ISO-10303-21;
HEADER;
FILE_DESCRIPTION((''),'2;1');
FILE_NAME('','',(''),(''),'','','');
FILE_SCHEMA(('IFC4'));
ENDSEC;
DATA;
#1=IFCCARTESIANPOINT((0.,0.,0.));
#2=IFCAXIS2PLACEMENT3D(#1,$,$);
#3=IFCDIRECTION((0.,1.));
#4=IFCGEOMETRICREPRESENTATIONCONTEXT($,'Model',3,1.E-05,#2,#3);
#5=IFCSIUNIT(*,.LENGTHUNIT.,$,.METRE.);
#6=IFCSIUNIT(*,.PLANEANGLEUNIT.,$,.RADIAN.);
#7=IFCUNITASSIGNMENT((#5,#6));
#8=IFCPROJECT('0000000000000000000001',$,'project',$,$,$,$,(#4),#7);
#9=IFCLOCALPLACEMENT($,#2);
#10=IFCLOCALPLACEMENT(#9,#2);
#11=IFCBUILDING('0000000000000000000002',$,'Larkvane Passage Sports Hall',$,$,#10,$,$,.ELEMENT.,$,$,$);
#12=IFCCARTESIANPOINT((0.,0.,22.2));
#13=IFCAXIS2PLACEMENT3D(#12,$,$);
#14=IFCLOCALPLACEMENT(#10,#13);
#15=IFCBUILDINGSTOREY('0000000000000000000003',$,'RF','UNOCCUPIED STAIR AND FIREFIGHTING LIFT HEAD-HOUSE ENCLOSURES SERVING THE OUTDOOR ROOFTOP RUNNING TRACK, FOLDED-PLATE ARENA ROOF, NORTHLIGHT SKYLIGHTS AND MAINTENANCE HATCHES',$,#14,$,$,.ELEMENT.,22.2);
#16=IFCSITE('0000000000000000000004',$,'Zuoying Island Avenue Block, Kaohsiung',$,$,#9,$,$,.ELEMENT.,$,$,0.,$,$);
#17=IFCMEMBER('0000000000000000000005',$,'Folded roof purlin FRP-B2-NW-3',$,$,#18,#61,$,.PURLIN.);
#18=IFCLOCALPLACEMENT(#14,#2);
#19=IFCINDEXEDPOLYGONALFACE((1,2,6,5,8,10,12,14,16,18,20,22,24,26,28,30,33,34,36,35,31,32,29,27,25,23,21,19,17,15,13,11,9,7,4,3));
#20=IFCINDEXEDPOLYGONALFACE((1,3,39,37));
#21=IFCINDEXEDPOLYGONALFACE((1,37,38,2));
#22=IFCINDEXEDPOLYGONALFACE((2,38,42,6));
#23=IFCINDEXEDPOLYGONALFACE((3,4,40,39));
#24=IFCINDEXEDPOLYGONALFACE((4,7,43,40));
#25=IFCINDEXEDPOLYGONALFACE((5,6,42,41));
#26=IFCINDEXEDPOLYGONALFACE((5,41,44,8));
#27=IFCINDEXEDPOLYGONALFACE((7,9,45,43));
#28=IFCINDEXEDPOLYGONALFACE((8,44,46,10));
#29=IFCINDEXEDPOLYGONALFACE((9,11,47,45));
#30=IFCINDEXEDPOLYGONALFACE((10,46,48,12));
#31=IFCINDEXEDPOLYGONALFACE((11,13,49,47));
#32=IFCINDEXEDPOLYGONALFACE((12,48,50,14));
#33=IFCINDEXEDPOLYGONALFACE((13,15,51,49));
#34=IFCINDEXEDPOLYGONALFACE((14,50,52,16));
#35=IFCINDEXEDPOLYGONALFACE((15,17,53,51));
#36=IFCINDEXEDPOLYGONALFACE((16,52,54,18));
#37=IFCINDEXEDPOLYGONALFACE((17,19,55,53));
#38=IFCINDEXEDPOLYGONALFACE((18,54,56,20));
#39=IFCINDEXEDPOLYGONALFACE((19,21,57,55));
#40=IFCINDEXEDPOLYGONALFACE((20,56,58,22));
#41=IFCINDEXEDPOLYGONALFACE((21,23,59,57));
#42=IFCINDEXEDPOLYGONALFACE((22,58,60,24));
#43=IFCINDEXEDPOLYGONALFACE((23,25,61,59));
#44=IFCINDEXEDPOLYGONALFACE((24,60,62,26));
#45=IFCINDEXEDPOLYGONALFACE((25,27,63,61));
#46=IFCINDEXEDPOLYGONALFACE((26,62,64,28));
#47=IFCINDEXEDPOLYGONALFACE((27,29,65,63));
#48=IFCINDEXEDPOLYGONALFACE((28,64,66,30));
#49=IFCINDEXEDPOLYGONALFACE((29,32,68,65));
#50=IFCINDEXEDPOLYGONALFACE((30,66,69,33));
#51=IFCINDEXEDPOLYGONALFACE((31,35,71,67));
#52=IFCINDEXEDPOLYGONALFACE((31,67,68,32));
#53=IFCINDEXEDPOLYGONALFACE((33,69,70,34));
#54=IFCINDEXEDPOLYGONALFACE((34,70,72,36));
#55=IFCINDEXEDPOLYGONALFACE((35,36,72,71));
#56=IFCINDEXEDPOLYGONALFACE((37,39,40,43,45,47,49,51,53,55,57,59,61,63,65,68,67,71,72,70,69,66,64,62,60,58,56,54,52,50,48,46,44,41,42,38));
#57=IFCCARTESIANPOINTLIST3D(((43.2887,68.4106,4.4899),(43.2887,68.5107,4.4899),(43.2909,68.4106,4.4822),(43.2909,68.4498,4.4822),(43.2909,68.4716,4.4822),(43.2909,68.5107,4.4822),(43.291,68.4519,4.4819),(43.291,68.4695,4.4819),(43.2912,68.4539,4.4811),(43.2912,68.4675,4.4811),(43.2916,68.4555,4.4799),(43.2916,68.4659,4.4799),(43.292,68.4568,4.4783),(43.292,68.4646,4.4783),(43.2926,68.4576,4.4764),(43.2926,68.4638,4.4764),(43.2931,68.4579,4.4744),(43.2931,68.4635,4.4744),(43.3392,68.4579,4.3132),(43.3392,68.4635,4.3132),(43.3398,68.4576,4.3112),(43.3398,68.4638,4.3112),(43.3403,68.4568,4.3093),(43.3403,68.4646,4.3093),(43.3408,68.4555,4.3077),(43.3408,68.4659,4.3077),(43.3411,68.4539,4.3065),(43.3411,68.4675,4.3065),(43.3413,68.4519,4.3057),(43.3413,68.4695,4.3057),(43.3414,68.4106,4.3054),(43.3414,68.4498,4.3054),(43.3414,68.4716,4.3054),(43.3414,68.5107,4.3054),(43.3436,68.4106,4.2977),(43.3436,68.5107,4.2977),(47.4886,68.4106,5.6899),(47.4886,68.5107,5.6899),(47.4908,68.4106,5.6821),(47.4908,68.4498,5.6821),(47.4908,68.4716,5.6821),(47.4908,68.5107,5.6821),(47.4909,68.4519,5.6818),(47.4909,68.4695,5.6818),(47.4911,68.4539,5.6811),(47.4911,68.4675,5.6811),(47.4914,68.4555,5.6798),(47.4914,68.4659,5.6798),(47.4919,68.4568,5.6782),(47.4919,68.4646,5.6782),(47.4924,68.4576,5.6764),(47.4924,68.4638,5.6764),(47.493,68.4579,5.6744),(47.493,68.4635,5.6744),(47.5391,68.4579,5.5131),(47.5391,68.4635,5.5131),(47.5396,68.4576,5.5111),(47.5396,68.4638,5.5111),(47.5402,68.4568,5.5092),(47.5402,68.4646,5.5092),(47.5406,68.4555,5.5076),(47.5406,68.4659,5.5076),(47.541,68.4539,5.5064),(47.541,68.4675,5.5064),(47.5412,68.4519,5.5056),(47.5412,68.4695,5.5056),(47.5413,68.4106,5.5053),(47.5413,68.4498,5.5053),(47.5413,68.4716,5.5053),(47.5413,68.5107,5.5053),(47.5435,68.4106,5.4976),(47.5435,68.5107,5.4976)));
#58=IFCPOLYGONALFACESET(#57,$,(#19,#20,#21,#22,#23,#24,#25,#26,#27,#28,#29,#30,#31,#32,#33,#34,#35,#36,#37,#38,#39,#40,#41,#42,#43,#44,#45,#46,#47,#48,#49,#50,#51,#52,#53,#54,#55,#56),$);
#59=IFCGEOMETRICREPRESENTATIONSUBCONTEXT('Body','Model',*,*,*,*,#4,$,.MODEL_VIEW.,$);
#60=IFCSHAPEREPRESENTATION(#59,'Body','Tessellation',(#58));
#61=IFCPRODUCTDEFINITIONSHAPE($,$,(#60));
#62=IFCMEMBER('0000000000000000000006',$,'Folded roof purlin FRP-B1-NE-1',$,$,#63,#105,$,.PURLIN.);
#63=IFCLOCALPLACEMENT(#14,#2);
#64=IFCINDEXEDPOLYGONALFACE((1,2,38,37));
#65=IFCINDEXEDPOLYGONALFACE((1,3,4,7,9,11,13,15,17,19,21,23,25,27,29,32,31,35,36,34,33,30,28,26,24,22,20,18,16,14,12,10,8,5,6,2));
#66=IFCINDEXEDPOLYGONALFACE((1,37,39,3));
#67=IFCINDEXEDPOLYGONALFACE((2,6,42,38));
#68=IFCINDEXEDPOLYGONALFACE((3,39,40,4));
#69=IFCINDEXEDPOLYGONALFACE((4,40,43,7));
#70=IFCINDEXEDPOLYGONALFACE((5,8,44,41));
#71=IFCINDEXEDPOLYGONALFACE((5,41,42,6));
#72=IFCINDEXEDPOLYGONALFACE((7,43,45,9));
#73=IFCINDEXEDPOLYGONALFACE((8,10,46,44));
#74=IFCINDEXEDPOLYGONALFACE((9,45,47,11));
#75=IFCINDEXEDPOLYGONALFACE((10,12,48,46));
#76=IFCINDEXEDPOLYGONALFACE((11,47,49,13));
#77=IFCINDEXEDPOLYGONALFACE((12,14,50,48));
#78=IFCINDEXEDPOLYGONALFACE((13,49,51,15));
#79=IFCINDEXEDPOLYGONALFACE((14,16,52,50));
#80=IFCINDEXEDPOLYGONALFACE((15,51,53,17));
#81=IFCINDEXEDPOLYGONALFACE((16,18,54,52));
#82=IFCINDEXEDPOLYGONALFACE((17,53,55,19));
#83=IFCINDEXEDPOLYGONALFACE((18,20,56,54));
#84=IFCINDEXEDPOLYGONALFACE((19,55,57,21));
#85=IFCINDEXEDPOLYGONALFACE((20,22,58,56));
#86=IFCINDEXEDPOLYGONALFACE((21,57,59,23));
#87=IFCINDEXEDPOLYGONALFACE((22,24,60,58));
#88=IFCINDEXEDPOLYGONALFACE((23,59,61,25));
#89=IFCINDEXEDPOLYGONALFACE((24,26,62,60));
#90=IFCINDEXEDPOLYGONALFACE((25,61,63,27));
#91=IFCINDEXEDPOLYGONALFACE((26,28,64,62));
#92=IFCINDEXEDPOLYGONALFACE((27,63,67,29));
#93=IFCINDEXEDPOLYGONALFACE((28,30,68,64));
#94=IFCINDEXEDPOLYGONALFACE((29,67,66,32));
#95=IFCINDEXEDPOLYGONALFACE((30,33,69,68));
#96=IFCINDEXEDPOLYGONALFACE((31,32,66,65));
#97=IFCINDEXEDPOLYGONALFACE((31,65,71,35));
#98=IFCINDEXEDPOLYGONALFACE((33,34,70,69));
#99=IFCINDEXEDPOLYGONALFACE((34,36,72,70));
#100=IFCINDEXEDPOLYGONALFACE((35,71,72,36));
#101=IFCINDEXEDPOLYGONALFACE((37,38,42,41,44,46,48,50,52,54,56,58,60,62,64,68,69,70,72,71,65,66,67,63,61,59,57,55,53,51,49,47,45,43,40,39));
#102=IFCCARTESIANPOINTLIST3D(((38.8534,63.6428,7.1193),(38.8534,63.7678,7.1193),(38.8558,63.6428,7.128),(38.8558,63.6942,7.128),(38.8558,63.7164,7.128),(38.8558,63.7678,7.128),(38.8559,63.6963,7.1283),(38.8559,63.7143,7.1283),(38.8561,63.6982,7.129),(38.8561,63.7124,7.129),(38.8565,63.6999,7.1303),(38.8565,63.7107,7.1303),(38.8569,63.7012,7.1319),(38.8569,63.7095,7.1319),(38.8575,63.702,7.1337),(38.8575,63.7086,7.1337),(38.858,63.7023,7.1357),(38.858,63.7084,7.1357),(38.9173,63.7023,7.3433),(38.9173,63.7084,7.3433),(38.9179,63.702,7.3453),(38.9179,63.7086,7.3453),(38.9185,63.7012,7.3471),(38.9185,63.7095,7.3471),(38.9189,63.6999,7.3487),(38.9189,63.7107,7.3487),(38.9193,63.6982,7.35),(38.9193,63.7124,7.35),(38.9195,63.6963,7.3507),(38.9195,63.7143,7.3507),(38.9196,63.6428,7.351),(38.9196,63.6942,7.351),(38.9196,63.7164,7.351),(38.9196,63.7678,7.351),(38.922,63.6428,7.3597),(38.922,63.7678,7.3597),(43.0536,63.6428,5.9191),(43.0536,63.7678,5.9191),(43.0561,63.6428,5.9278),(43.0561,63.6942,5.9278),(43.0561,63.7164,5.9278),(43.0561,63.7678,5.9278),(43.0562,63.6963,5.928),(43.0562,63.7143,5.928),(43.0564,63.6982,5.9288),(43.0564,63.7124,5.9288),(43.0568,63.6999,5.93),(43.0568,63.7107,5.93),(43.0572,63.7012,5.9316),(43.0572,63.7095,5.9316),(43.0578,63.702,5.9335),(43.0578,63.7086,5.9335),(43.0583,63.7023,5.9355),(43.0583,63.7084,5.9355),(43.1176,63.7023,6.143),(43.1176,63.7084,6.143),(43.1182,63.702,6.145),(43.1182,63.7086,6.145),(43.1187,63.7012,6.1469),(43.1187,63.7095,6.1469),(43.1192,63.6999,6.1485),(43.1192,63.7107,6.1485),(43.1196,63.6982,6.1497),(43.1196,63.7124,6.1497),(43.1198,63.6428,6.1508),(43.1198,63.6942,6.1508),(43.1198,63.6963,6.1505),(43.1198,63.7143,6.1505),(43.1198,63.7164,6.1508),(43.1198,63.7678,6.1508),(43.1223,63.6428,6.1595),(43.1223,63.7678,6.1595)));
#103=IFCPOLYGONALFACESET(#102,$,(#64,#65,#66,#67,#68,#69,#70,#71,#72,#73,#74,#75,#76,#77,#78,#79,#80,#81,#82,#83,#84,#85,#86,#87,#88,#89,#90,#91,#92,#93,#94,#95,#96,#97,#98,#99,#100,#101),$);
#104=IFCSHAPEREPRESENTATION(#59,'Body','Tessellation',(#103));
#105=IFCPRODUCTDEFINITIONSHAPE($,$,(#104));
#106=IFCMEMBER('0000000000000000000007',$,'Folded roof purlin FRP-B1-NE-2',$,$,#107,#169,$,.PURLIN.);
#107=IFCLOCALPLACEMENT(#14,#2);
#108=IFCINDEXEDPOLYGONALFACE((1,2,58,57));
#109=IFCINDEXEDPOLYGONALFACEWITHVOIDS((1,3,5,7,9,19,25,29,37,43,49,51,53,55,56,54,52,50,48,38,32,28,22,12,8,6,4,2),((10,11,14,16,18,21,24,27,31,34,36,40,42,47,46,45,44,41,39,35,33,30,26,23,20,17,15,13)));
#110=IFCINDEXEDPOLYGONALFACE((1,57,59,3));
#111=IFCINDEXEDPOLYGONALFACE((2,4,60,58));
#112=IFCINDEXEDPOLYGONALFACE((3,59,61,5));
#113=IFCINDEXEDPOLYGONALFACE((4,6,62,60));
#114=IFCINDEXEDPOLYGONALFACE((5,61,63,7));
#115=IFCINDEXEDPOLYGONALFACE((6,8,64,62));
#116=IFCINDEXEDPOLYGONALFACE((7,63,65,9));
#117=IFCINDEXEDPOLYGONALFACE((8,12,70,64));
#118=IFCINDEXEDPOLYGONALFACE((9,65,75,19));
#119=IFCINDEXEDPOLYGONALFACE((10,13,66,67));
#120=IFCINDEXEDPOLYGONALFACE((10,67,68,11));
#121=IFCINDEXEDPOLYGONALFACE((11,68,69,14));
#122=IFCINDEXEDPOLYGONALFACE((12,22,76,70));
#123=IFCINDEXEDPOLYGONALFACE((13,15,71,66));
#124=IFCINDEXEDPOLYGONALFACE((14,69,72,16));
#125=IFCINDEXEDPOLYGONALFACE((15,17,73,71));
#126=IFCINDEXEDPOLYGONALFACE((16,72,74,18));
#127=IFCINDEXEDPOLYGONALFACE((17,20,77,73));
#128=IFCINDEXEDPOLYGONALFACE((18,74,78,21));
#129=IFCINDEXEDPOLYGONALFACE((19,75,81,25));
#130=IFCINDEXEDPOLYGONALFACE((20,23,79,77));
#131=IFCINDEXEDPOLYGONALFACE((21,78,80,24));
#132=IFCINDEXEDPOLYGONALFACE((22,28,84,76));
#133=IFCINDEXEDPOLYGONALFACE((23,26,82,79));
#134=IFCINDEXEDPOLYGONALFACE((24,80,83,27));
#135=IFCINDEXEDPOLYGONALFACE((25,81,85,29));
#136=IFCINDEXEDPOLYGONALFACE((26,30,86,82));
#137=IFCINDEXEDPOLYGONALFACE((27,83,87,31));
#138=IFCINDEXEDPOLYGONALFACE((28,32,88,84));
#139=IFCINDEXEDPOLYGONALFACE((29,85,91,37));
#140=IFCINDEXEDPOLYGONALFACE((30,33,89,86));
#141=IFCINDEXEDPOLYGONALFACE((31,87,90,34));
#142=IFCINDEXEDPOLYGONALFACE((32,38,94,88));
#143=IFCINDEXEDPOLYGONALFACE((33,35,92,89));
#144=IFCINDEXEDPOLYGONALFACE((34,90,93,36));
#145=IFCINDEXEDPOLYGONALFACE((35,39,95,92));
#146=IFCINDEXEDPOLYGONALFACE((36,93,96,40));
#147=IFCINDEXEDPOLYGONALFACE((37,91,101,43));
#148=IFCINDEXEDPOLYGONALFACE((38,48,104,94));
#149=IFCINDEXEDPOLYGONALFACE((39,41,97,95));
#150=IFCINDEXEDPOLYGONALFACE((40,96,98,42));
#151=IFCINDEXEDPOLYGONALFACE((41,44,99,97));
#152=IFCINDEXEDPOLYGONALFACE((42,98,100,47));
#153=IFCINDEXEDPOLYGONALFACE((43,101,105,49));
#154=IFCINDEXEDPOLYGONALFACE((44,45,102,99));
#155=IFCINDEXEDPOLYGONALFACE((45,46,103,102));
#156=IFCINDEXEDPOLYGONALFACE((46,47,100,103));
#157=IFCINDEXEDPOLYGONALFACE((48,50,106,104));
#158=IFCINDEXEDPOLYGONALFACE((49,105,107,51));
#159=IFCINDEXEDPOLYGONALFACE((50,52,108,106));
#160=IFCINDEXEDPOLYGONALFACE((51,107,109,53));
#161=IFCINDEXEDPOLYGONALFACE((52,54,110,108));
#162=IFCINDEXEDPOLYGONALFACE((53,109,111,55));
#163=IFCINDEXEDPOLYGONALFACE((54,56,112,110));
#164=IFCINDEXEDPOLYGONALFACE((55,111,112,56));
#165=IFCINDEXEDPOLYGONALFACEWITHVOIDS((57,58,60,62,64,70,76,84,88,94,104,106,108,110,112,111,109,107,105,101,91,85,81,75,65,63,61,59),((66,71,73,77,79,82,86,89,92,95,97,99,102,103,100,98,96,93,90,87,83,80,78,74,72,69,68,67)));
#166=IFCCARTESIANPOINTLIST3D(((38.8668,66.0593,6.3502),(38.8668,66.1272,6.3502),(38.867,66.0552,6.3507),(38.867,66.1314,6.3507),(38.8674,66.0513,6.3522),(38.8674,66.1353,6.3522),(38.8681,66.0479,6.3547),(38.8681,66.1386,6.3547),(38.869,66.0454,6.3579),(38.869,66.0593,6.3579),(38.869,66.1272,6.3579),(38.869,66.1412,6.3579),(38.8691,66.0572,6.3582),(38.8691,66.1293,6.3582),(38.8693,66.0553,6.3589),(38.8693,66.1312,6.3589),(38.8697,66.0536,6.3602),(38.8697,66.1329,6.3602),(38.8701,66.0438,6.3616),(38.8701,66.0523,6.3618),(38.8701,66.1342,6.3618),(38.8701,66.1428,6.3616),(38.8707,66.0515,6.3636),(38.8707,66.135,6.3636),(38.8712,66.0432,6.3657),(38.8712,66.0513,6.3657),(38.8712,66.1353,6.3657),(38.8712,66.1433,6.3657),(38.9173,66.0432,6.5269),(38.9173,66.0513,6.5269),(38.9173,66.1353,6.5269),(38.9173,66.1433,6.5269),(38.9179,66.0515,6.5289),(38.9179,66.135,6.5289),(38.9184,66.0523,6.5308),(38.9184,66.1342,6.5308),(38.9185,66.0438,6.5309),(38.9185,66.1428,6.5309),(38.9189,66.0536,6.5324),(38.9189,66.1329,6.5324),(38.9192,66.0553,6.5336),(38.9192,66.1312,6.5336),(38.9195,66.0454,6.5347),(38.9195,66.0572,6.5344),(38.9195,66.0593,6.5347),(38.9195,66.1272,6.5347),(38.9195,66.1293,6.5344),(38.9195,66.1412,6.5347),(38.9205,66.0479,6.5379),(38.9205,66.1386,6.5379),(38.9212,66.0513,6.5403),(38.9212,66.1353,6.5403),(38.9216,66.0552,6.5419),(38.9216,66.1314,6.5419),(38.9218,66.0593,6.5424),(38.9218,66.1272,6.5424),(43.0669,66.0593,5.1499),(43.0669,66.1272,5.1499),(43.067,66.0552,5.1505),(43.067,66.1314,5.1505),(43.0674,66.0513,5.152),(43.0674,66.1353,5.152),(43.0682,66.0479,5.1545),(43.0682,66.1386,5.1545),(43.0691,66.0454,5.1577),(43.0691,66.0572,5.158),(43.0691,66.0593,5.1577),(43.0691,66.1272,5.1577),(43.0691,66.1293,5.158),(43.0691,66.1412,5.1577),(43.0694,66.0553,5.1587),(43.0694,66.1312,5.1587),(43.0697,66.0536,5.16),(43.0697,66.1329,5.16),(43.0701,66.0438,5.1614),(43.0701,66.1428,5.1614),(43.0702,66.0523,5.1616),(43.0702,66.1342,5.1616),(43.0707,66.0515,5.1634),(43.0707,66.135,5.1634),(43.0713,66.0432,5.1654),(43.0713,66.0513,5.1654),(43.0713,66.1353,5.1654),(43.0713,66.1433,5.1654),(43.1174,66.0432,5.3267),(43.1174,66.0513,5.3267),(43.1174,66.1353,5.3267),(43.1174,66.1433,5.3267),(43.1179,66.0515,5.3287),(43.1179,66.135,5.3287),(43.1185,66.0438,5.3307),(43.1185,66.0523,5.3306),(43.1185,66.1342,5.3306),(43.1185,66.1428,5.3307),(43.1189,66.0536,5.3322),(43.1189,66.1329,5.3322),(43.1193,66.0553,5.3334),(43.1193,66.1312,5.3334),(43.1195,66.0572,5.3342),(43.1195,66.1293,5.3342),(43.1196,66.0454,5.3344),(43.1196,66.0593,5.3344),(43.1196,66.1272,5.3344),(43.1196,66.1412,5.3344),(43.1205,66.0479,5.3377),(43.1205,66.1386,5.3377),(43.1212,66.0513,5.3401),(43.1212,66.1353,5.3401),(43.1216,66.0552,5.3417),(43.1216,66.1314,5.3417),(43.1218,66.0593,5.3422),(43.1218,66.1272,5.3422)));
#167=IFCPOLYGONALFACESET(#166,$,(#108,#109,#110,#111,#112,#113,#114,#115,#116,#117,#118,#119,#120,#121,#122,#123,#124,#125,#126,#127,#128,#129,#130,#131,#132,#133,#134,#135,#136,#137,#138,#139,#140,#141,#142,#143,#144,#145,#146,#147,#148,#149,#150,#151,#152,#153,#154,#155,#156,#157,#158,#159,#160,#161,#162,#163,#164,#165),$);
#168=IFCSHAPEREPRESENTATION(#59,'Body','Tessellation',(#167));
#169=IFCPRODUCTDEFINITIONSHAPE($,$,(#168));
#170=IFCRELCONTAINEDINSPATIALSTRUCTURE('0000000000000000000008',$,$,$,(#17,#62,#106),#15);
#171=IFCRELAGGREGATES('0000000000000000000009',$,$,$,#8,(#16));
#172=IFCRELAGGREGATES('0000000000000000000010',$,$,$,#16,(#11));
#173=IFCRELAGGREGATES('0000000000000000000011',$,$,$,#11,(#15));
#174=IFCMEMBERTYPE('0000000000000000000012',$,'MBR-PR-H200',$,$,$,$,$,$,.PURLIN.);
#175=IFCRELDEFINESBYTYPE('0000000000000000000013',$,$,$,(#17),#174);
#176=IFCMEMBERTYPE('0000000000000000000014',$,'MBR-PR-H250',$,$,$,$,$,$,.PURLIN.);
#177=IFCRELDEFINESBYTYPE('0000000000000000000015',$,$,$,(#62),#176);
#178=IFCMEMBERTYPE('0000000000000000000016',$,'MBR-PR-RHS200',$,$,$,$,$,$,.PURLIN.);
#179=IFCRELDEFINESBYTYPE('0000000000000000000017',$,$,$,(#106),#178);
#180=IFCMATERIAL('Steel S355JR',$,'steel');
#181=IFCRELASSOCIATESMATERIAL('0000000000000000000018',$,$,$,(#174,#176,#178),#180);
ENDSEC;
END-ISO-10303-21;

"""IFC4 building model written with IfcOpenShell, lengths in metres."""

from ifc_helpers import new_model, si_unit, direction, frame, origin, origin_2d, place, context, subcontext, project, spatial, hollow_rectangle, i_section, extrude, material, material_profile, profile_set, type_object, element, save


model = new_model("IFC4")

# Units and contexts
model_context = context("Model", 3, precision=1e-05, world=origin(), true_north=direction((0.0, 1.0)))
body_context = subcontext(model_context, "Body", "Model", "MODEL_VIEW")
ifc_project = project(units=[si_unit("LENGTHUNIT", "METRE"), si_unit("PLANEANGLEUNIT", "RADIAN")], contexts=[model_context])

# Site, building, storey
site_placement = place(None, origin())
site = spatial("IfcSite", under=ifc_project, at=site_placement, Name="Zuoying Island Avenue Block, Kaohsiung", CompositionType="ELEMENT", RefElevation=0.0)
building_placement = place(site_placement, origin())
building = spatial("IfcBuilding", under=site, at=building_placement, Name="Larkvane Passage Sports Hall", CompositionType="ELEMENT")
storey_placement = place(building_placement, frame((0.0, 0.0, 22.2)))
storey = spatial("IfcBuildingStorey", under=building, at=storey_placement, Name="RF", Description="UNOCCUPIED STAIR AND FIREFIGHTING LIFT HEAD-HOUSE ENCLOSURES SERVING THE OUTDOOR ROOFTOP RUNNING TRACK, FOLDED-PLATE ARENA ROOF, NORTHLIGHT SKYLIGHTS AND MAINTENANCE HATCHES", CompositionType="ELEMENT", Elevation=22.2)

# Members
ifc_material_1 = material(Name="Steel S355JR", Category="steel")
ifc_material_profile_1 = material_profile(ifc_material_1, i_section(OverallWidth=0.1001, OverallDepth=0.2, WebThickness=0.0056, FlangeThickness=0.0081, FilletRadius=0.0081, at=origin_2d()), Name="H-200x100x5.5x8")
ifc_profile_set_1 = profile_set([ifc_material_profile_1], Name="Steel S355JR")
member_type_1 = type_object("IfcMemberType", Name="MBR-PR-H200", PredefinedType="PURLIN", material=ifc_profile_set_1)
member_1_placement = place(storey_placement, frame((43.3162, 68.4607, 4.3938), z_axis=(0.961526, 0.0, 0.274714), x_axis=(0.0, 1.0, 0.0)))
element("IfcMember", 1, at=member_1_placement, inside=storey, type_object=member_type_1, Name="Folded roof purlin FRP-B2-NW-3", PredefinedType="PURLIN", context=body_context, shape_type="SweptSolid", body=[
    extrude(i_section(OverallWidth=0.1001, OverallDepth=0.2, WebThickness=0.0056, FlangeThickness=0.0081, FilletRadius=0.0081, at=origin_2d()), origin(), (0.0, 0.0, 1.0), 4.3679),
])
ifc_material_profile_2 = material_profile(ifc_material_1, i_section(OverallWidth=0.125, OverallDepth=0.25, WebThickness=0.0061, FlangeThickness=0.009, FilletRadius=0.0081, at=origin_2d()), Name="H-250x125x6x9")
ifc_profile_set_2 = profile_set([ifc_material_profile_2], Name="Steel S355JR")
member_type_2 = type_object("IfcMemberType", Name="MBR-PR-H250", PredefinedType="PURLIN", material=ifc_profile_set_2)
member_2_placement = place(storey_placement, frame((38.8877, 63.7053, 7.2395), z_axis=(0.961516, 0.0, -0.274751), x_axis=(0.0, 1.0, 0.0)))
element("IfcMember", 2, at=member_2_placement, inside=storey, type_object=member_type_2, Name="Folded roof purlin FRP-B1-NE-1", PredefinedType="PURLIN", context=body_context, shape_type="SweptSolid", body=[
    extrude(i_section(OverallWidth=0.125, OverallDepth=0.25, WebThickness=0.0061, FlangeThickness=0.009, FilletRadius=0.0081, at=origin_2d()), origin(), (0.0, 0.0, 1.0), 4.3684),
])
ifc_material_profile_3 = material_profile(ifc_material_1, hollow_rectangle(XDim=0.1001, YDim=0.2, WallThickness=0.0081, InnerFilletRadius=0.0081, OuterFilletRadius=0.0161, at=origin_2d()), Name="RHS-200x100x8")
ifc_profile_set_3 = profile_set([ifc_material_profile_3], Name="Steel S355JR")
member_type_3 = type_object("IfcMemberType", Name="MBR-PR-RHS200", PredefinedType="PURLIN", material=ifc_profile_set_3)
member_3_placement = place(storey_placement, frame((38.8943, 66.0933, 6.4463), z_axis=(0.961511, 0.0, -0.274765), x_axis=(0.0, 1.0, 0.0)))
element("IfcMember", 3, at=member_3_placement, inside=storey, type_object=member_type_3, Name="Folded roof purlin FRP-B1-NE-2", PredefinedType="PURLIN", context=body_context, shape_type="SweptSolid", body=[
    extrude(hollow_rectangle(XDim=0.1001, YDim=0.2, WallThickness=0.0081, InnerFilletRadius=0.0081, OuterFilletRadius=0.0161, at=origin_2d()), origin(), (0.0, 0.0, 1.0), 4.3682),
])

save(model, "model.ifc")
